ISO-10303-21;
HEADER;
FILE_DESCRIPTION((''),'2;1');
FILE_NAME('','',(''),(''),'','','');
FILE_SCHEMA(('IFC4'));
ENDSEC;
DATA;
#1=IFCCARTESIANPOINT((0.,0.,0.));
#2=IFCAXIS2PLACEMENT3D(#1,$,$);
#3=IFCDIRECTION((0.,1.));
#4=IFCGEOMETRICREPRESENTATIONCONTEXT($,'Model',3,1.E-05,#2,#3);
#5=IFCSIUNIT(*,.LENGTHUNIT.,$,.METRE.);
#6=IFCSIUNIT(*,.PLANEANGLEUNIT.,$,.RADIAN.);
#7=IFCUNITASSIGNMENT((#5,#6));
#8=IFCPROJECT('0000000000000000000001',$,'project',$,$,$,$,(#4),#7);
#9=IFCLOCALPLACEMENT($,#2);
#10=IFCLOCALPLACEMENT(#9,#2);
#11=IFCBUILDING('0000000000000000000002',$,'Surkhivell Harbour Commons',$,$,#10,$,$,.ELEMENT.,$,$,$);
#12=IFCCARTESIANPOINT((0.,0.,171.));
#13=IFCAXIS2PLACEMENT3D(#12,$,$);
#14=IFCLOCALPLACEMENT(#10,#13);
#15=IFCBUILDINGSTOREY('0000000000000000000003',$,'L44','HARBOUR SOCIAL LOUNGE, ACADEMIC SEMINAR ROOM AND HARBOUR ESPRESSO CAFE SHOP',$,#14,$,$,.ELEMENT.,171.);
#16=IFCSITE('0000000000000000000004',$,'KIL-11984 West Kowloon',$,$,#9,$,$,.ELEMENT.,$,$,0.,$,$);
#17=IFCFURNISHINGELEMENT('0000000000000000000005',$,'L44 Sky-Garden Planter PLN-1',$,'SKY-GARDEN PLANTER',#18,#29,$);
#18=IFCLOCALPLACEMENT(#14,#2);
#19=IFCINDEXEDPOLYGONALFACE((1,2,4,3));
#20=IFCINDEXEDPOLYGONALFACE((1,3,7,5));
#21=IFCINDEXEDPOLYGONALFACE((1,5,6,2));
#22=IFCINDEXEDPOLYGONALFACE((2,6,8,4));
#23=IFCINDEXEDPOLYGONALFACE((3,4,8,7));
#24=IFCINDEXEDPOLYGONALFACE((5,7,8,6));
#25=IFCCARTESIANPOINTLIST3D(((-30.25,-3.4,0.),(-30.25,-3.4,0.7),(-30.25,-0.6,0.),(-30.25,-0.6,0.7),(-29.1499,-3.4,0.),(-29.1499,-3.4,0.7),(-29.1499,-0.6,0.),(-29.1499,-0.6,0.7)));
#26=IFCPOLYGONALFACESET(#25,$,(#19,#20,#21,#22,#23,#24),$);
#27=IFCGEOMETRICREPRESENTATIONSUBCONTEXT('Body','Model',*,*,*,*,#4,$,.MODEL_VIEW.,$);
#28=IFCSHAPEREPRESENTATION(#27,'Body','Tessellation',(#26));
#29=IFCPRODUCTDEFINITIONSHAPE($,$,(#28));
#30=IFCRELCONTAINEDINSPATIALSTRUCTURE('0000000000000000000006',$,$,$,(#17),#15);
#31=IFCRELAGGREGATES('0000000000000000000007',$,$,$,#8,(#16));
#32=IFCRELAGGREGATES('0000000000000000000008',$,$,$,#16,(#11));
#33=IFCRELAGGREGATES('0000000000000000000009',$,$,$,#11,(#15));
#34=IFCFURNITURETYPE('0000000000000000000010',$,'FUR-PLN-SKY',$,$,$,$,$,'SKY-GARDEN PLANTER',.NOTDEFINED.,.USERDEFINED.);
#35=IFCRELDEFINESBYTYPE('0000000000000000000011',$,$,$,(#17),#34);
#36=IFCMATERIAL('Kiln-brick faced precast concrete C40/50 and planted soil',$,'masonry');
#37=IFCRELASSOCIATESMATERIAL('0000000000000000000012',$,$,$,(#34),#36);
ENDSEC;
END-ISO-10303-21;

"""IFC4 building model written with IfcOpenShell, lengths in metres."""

from ifc_helpers import new_model, si_unit, direction, frame, origin, origin_2d, place, context, subcontext, project, spatial, rectangle, extrude, material, type_object, element, save


model = new_model("IFC4")

# Units and contexts
model_context = context("Model", 3, precision=1e-05, world=origin(), true_north=direction((0.0, 1.0)))
body_context = subcontext(model_context, "Body", "Model", "MODEL_VIEW")
ifc_project = project(units=[si_unit("LENGTHUNIT", "METRE"), si_unit("PLANEANGLEUNIT", "RADIAN")], contexts=[model_context])

# Site, building, storey
site_placement = place(None, origin())
site = spatial("IfcSite", under=ifc_project, at=site_placement, Name="KIL-11984 West Kowloon", CompositionType="ELEMENT", RefElevation=0.0)
building_placement = place(site_placement, origin())
building = spatial("IfcBuilding", under=site, at=building_placement, Name="Surkhivell Harbour Commons", CompositionType="ELEMENT")
storey_placement = place(building_placement, frame((0.0, 0.0, 171.0)))
storey = spatial("IfcBuildingStorey", under=building, at=storey_placement, Name="L44", Description="HARBOUR SOCIAL LOUNGE, ACADEMIC SEMINAR ROOM AND HARBOUR ESPRESSO CAFE SHOP", CompositionType="ELEMENT", Elevation=171.0)

# Furnishing element
ifc_material_1 = material(Name="Kiln-brick faced precast concrete C40/50 and planted soil", Category="masonry")
furniture_type = type_object("IfcFurnitureType", Name="FUR-PLN-SKY", ElementType="SKY-GARDEN PLANTER", AssemblyPlace="NOTDEFINED", PredefinedType="USERDEFINED", material=ifc_material_1)
furnishing_placement = place(storey_placement, frame((-29.7, -2.0, 0.0), z_axis=(0.0, 0.0, 1.0), x_axis=(0.0, 1.0, 0.0)))
element("IfcFurnishingElement", 1, at=furnishing_placement, inside=storey, type_object=furniture_type, Name="L44 Sky-Garden Planter PLN-1", ObjectType="SKY-GARDEN PLANTER", context=body_context, shape_type="SweptSolid", body=[
    extrude(rectangle(XDim=2.8, YDim=1.1001, at=origin_2d()), origin(), (0.0, 0.0, 1.0), 0.7),
])

save(model, "model.ifc")
